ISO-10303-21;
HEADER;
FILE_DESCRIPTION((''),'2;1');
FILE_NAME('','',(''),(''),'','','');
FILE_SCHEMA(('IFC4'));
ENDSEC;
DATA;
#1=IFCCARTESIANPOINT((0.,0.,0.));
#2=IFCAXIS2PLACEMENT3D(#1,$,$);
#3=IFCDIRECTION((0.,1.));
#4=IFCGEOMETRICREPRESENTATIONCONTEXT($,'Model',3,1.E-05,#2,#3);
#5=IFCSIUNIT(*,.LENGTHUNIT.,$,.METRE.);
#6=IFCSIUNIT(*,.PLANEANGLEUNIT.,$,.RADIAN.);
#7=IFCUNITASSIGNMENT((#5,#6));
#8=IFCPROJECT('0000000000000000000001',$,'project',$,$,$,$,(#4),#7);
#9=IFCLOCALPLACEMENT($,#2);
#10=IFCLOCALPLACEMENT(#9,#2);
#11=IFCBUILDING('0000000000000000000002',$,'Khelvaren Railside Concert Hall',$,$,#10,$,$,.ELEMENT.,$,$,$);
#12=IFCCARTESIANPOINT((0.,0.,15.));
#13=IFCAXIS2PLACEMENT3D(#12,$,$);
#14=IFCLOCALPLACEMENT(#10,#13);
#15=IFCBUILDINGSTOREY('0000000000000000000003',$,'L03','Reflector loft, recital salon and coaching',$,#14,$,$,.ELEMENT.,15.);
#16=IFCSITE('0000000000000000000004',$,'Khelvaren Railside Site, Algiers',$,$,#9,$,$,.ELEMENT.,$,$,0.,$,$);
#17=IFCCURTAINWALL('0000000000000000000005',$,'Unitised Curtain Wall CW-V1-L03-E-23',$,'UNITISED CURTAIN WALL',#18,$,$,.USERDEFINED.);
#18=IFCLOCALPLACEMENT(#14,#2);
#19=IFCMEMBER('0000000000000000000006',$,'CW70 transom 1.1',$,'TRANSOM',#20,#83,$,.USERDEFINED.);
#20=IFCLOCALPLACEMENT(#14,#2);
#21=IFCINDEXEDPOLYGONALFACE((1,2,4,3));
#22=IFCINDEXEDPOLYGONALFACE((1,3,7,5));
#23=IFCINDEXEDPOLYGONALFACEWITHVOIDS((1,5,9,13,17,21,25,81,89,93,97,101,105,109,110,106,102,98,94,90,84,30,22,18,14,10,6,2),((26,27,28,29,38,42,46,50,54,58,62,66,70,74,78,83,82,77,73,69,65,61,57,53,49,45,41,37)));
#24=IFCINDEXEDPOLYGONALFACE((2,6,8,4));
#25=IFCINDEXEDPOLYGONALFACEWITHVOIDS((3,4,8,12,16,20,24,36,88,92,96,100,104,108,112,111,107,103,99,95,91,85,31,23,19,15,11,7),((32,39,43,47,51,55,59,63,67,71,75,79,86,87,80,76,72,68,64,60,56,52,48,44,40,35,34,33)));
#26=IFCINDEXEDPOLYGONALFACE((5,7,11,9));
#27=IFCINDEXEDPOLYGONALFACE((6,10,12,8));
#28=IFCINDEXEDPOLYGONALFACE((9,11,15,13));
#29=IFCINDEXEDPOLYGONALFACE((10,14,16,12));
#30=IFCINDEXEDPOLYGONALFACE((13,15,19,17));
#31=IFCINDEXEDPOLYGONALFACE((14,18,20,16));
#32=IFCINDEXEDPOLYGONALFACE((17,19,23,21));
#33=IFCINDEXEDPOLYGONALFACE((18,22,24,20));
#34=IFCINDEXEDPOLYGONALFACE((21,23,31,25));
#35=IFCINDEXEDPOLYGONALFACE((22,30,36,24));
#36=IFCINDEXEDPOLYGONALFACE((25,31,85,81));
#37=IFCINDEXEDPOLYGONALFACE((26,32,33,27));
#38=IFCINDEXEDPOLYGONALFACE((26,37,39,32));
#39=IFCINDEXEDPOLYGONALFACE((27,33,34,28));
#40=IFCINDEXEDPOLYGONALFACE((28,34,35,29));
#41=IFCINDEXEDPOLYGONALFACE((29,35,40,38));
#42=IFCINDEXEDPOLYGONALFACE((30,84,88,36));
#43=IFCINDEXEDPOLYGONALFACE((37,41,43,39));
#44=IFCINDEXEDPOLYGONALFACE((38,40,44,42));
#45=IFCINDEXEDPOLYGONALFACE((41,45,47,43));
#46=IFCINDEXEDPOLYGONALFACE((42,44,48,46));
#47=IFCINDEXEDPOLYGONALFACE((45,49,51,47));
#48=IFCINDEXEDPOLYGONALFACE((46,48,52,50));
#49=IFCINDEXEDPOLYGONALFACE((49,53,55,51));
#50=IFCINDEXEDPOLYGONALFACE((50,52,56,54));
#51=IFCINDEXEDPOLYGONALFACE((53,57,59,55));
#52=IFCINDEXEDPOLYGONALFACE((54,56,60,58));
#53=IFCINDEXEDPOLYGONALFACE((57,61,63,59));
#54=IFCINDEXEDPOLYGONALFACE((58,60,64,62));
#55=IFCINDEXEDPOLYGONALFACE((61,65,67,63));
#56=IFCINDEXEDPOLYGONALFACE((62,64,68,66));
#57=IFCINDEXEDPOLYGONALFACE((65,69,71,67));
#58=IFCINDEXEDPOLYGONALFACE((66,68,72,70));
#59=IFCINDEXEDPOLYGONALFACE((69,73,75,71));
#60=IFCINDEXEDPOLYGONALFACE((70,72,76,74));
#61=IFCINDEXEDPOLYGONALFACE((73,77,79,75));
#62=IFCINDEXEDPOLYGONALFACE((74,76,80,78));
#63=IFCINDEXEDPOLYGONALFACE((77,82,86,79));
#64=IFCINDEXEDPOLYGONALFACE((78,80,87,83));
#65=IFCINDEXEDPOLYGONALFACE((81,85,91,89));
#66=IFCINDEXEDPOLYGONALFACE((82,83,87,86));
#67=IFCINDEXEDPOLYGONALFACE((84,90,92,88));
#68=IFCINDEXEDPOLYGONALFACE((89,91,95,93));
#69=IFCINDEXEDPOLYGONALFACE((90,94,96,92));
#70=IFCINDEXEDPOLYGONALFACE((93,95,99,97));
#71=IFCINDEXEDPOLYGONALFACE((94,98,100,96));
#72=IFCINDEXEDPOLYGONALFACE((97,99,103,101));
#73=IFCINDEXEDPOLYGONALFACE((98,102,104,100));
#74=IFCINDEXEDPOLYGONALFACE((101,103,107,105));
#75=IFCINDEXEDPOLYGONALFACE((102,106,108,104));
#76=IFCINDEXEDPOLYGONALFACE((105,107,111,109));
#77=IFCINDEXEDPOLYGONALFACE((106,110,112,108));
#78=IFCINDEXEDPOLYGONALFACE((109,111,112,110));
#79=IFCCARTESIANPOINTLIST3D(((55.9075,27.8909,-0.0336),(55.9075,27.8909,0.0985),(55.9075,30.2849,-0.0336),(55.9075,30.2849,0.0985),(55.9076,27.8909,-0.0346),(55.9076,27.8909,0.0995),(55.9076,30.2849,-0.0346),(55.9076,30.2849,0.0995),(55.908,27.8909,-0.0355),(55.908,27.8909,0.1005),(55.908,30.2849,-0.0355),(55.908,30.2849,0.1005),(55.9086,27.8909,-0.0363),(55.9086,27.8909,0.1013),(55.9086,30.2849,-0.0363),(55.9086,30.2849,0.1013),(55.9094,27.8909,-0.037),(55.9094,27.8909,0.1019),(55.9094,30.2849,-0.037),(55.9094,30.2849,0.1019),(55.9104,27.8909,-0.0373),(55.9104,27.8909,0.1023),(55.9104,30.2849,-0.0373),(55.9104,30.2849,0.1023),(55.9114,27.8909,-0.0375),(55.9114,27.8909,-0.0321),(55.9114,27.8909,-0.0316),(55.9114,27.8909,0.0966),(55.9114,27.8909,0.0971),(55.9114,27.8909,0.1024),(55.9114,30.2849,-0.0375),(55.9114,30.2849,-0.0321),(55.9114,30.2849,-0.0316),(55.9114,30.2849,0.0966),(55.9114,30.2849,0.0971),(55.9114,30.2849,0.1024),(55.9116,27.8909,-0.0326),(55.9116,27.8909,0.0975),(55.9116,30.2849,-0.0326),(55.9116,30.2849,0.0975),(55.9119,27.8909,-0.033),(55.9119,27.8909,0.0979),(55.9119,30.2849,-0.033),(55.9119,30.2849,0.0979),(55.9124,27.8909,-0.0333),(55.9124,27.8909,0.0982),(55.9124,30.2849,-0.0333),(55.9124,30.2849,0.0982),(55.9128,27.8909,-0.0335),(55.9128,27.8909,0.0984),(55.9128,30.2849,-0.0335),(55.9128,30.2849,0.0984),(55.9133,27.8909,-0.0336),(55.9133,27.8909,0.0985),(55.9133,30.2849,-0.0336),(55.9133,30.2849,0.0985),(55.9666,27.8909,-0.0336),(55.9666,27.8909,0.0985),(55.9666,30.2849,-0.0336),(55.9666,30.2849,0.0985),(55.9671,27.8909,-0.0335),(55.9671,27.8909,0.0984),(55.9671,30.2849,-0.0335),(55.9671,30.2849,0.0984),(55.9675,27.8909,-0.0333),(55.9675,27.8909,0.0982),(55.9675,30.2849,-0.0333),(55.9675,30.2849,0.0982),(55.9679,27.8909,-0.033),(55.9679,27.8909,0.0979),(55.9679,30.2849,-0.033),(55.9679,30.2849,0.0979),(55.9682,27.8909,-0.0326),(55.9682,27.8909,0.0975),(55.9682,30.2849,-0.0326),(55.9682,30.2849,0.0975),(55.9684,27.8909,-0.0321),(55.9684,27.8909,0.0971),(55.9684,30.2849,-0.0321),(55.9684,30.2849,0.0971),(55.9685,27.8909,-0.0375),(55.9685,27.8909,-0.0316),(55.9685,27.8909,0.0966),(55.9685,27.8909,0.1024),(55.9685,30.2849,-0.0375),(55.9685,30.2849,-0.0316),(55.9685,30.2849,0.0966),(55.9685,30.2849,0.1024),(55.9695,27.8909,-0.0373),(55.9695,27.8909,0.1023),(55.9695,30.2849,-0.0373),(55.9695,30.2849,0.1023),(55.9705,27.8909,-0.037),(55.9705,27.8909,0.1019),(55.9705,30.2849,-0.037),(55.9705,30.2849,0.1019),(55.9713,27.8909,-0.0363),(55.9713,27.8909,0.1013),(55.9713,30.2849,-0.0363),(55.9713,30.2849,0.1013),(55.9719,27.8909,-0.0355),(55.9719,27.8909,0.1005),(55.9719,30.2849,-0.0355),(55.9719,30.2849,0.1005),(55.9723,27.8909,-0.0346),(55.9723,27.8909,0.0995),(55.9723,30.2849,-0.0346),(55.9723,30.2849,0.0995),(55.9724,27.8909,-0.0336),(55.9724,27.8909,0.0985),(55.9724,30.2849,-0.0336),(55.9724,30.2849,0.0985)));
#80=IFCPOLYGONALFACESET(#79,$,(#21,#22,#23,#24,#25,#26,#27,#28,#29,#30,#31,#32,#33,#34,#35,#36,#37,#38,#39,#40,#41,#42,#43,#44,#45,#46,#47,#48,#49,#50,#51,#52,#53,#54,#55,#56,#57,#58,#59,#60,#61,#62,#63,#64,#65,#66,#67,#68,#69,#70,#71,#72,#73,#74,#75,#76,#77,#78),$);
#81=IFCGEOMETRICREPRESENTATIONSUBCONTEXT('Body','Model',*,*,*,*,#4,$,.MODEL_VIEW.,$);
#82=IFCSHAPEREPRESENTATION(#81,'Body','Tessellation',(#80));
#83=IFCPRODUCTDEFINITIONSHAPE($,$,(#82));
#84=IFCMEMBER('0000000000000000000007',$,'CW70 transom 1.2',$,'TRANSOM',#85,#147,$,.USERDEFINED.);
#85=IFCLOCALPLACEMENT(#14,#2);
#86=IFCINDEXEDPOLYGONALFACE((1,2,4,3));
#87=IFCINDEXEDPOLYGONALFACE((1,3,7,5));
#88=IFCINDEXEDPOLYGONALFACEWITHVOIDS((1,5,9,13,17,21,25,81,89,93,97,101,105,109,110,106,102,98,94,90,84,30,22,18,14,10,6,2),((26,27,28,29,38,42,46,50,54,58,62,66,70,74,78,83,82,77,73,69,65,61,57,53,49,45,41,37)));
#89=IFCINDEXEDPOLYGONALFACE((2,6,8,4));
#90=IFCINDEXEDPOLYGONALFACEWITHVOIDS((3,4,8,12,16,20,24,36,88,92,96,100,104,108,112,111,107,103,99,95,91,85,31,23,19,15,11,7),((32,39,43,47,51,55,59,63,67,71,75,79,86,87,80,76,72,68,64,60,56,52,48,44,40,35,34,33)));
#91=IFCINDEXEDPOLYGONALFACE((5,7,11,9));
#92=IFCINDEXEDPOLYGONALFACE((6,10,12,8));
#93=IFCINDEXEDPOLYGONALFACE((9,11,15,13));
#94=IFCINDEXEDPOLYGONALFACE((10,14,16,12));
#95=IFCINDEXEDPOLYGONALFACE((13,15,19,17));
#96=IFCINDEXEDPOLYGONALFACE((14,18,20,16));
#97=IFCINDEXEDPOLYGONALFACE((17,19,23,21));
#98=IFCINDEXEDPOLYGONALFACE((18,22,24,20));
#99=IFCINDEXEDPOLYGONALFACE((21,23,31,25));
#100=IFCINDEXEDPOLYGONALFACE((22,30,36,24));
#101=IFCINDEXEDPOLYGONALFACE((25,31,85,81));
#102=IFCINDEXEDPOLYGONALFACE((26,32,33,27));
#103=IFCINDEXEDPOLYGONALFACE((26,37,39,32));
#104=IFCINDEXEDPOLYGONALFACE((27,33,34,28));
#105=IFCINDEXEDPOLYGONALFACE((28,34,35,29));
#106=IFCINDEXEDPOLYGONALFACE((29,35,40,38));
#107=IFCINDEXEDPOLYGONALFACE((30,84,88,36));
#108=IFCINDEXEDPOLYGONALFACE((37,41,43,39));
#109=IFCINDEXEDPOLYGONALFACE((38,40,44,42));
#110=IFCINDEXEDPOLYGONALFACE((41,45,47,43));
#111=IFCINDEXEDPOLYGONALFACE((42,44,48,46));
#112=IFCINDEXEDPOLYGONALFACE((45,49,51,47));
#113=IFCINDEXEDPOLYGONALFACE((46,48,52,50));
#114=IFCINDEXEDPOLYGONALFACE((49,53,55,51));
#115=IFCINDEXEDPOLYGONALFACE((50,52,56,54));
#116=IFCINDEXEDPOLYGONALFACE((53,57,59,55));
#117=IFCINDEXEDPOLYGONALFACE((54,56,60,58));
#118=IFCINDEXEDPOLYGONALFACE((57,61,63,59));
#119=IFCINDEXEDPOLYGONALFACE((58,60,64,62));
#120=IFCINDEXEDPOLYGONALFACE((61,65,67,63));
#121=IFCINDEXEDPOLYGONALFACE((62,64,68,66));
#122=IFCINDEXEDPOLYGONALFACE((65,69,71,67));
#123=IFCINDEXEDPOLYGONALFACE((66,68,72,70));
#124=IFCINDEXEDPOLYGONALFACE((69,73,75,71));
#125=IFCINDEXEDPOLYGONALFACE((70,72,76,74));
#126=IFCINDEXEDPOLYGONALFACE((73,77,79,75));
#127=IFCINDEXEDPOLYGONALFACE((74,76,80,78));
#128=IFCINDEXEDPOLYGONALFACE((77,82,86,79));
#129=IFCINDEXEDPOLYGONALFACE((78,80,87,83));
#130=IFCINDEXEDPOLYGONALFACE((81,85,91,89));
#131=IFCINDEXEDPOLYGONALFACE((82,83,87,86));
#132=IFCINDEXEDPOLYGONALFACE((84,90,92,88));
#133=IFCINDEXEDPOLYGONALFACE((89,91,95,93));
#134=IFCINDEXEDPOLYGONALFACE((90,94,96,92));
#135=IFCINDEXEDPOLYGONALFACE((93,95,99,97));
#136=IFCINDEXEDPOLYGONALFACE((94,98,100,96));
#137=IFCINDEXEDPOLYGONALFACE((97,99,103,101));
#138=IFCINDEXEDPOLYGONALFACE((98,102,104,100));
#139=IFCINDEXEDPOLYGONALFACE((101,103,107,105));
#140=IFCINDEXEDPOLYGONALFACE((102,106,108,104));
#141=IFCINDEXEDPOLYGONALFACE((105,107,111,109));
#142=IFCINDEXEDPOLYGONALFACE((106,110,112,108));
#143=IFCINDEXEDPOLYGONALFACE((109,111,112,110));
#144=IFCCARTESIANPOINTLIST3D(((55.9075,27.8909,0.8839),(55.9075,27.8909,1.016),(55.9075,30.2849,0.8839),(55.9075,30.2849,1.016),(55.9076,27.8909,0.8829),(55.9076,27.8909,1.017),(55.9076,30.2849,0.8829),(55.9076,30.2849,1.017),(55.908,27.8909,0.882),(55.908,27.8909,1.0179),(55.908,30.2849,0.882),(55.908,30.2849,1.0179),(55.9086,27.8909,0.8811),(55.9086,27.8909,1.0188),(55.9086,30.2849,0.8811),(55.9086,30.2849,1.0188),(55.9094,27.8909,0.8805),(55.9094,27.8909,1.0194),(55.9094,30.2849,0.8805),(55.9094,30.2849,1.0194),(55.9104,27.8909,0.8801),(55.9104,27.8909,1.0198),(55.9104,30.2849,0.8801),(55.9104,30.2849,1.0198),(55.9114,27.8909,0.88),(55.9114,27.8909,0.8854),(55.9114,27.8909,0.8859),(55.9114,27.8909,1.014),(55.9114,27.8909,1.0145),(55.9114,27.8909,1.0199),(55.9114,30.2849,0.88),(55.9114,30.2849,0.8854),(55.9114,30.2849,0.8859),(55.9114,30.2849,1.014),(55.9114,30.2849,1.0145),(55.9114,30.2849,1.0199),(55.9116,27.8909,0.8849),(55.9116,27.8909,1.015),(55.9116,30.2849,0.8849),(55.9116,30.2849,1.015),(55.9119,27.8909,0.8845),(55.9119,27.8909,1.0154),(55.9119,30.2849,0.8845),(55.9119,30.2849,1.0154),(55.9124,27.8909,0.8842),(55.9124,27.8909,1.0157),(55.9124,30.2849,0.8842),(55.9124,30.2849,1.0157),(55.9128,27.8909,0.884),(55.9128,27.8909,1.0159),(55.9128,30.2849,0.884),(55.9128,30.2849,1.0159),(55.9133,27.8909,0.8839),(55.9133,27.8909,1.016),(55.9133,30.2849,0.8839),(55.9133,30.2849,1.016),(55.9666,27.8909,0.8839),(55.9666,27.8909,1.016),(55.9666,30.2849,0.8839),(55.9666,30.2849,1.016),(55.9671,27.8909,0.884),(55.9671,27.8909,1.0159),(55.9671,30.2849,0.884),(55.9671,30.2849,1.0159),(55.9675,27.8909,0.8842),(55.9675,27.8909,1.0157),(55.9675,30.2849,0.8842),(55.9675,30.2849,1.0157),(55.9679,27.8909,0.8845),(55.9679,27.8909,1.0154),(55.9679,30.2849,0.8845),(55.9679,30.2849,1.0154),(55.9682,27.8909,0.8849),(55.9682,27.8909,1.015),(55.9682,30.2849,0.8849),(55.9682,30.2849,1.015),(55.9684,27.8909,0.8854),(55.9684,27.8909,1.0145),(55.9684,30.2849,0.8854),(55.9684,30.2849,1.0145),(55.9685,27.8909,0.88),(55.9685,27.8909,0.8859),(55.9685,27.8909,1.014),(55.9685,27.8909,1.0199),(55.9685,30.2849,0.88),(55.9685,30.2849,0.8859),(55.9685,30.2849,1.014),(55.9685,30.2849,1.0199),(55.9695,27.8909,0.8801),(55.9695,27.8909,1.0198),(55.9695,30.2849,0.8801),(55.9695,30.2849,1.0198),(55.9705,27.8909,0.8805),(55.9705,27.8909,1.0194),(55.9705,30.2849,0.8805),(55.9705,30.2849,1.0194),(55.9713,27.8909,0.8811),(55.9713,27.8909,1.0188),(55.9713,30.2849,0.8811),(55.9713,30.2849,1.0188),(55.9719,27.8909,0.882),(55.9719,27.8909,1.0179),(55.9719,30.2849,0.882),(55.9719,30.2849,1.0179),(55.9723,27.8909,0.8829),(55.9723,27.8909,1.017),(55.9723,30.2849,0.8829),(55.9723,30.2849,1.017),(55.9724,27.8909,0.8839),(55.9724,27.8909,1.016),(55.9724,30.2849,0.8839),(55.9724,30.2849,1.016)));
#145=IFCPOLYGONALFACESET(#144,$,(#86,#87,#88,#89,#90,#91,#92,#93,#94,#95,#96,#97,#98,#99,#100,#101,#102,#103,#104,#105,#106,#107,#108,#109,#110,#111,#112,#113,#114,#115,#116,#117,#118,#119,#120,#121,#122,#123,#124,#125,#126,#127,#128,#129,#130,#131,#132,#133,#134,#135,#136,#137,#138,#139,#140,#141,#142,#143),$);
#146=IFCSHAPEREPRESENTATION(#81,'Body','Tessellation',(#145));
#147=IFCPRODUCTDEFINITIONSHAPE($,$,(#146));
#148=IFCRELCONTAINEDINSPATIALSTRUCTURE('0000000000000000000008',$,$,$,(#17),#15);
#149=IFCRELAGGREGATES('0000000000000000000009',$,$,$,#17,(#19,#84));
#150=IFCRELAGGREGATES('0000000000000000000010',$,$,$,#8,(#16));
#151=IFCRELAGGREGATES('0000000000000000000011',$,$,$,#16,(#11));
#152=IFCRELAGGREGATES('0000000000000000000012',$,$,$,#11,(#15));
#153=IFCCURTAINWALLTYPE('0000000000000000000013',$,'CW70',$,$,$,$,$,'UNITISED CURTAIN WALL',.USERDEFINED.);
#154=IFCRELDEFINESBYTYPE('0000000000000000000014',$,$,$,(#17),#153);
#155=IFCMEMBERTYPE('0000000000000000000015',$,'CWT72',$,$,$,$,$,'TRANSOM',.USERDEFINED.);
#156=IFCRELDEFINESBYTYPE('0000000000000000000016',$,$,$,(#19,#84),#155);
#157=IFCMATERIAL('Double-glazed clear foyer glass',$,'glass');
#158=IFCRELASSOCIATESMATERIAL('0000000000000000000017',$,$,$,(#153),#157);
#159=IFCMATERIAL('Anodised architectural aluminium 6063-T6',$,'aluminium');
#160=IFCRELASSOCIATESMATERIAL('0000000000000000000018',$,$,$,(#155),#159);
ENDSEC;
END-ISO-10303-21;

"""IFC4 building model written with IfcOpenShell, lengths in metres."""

from ifc_helpers import new_model, si_unit, direction, frame, origin, origin_2d, place, context, subcontext, project, spatial, hollow_rectangle, extrude, material, material_profile, profile_set, type_object, element, aggregate, save


model = new_model("IFC4")

# Units and contexts
model_context = context("Model", 3, precision=1e-05, world=origin(), true_north=direction((0.0, 1.0)))
body_context = subcontext(model_context, "Body", "Model", "MODEL_VIEW")
ifc_project = project(units=[si_unit("LENGTHUNIT", "METRE"), si_unit("PLANEANGLEUNIT", "RADIAN")], contexts=[model_context])

# Site, building, storey
site_placement = place(None, origin())
site = spatial("IfcSite", under=ifc_project, at=site_placement, Name="Khelvaren Railside Site, Algiers", CompositionType="ELEMENT", RefElevation=0.0)
building_placement = place(site_placement, origin())
building = spatial("IfcBuilding", under=site, at=building_placement, Name="Khelvaren Railside Concert Hall", CompositionType="ELEMENT")
storey_placement = place(building_placement, frame((0.0, 0.0, 15.0)))
storey = spatial("IfcBuildingStorey", under=building, at=storey_placement, Name="L03", Description="Reflector loft, recital salon and coaching", CompositionType="ELEMENT", Elevation=15.0)

# Curtain wall
ifc_material_1 = material(Name="Double-glazed clear foyer glass", Category="glass")
curtain_wall_type_1 = type_object("IfcCurtainWallType", Name="CW70", ElementType="UNITISED CURTAIN WALL", PredefinedType="USERDEFINED", material=ifc_material_1)
curtain_wall_1_placement = place(storey_placement, origin())
curtain_wall_1 = element("IfcCurtainWall", 1, at=curtain_wall_1_placement, inside=storey, type_object=curtain_wall_type_1, Name="Unitised Curtain Wall CW-V1-L03-E-23", ObjectType="UNITISED CURTAIN WALL", PredefinedType="USERDEFINED")
ifc_material_2 = material(Name="Anodised architectural aluminium 6063-T6", Category="aluminium")

# Members
ifc_material_profile_1 = material_profile(ifc_material_2, hollow_rectangle(XDim=0.0649, YDim=0.1399, WallThickness=0.0039, InnerFilletRadius=0.002, OuterFilletRadius=0.0039, at=origin_2d()), Name="CWT 65x140x4")
ifc_profile_set_1 = profile_set([ifc_material_profile_1], Name="Anodised architectural aluminium 6063-T6")
member_type_1 = type_object("IfcMemberType", Name="CWT72", ElementType="TRANSOM", PredefinedType="USERDEFINED", material=ifc_profile_set_1)
member_1_placement = place(storey_placement, frame((55.9399, 30.2849, 0.0325), z_axis=(0.0, -1.0, 0.0), x_axis=(1.0, 0.0, 0.0)))
member_1 = element("IfcMember", 2, at=member_1_placement, type_object=member_type_1, Name="CW70 transom 1.1", ObjectType="TRANSOM", PredefinedType="USERDEFINED", context=body_context, shape_type="SweptSolid", body=[
    extrude(hollow_rectangle(XDim=0.0649, YDim=0.1399, WallThickness=0.0039, InnerFilletRadius=0.002, OuterFilletRadius=0.0039, at=origin_2d()), origin(), (0.0, 0.0, 1.0), 2.394),
])
member_2_placement = place(storey_placement, frame((55.9399, 30.2849, 0.95), z_axis=(0.0, -1.0, 0.0), x_axis=(1.0, 0.0, 0.0)))
member_2 = element("IfcMember", 3, at=member_2_placement, type_object=member_type_1, Name="CW70 transom 1.2", ObjectType="TRANSOM", PredefinedType="USERDEFINED", context=body_context, shape_type="SweptSolid", body=[
    extrude(hollow_rectangle(XDim=0.0649, YDim=0.1399, WallThickness=0.0039, InnerFilletRadius=0.002, OuterFilletRadius=0.0039, at=origin_2d()), origin(), (0.0, 0.0, 1.0), 2.394),
])

aggregate(curtain_wall_1, [member_1, member_2])

save(model, "model.ifc")
